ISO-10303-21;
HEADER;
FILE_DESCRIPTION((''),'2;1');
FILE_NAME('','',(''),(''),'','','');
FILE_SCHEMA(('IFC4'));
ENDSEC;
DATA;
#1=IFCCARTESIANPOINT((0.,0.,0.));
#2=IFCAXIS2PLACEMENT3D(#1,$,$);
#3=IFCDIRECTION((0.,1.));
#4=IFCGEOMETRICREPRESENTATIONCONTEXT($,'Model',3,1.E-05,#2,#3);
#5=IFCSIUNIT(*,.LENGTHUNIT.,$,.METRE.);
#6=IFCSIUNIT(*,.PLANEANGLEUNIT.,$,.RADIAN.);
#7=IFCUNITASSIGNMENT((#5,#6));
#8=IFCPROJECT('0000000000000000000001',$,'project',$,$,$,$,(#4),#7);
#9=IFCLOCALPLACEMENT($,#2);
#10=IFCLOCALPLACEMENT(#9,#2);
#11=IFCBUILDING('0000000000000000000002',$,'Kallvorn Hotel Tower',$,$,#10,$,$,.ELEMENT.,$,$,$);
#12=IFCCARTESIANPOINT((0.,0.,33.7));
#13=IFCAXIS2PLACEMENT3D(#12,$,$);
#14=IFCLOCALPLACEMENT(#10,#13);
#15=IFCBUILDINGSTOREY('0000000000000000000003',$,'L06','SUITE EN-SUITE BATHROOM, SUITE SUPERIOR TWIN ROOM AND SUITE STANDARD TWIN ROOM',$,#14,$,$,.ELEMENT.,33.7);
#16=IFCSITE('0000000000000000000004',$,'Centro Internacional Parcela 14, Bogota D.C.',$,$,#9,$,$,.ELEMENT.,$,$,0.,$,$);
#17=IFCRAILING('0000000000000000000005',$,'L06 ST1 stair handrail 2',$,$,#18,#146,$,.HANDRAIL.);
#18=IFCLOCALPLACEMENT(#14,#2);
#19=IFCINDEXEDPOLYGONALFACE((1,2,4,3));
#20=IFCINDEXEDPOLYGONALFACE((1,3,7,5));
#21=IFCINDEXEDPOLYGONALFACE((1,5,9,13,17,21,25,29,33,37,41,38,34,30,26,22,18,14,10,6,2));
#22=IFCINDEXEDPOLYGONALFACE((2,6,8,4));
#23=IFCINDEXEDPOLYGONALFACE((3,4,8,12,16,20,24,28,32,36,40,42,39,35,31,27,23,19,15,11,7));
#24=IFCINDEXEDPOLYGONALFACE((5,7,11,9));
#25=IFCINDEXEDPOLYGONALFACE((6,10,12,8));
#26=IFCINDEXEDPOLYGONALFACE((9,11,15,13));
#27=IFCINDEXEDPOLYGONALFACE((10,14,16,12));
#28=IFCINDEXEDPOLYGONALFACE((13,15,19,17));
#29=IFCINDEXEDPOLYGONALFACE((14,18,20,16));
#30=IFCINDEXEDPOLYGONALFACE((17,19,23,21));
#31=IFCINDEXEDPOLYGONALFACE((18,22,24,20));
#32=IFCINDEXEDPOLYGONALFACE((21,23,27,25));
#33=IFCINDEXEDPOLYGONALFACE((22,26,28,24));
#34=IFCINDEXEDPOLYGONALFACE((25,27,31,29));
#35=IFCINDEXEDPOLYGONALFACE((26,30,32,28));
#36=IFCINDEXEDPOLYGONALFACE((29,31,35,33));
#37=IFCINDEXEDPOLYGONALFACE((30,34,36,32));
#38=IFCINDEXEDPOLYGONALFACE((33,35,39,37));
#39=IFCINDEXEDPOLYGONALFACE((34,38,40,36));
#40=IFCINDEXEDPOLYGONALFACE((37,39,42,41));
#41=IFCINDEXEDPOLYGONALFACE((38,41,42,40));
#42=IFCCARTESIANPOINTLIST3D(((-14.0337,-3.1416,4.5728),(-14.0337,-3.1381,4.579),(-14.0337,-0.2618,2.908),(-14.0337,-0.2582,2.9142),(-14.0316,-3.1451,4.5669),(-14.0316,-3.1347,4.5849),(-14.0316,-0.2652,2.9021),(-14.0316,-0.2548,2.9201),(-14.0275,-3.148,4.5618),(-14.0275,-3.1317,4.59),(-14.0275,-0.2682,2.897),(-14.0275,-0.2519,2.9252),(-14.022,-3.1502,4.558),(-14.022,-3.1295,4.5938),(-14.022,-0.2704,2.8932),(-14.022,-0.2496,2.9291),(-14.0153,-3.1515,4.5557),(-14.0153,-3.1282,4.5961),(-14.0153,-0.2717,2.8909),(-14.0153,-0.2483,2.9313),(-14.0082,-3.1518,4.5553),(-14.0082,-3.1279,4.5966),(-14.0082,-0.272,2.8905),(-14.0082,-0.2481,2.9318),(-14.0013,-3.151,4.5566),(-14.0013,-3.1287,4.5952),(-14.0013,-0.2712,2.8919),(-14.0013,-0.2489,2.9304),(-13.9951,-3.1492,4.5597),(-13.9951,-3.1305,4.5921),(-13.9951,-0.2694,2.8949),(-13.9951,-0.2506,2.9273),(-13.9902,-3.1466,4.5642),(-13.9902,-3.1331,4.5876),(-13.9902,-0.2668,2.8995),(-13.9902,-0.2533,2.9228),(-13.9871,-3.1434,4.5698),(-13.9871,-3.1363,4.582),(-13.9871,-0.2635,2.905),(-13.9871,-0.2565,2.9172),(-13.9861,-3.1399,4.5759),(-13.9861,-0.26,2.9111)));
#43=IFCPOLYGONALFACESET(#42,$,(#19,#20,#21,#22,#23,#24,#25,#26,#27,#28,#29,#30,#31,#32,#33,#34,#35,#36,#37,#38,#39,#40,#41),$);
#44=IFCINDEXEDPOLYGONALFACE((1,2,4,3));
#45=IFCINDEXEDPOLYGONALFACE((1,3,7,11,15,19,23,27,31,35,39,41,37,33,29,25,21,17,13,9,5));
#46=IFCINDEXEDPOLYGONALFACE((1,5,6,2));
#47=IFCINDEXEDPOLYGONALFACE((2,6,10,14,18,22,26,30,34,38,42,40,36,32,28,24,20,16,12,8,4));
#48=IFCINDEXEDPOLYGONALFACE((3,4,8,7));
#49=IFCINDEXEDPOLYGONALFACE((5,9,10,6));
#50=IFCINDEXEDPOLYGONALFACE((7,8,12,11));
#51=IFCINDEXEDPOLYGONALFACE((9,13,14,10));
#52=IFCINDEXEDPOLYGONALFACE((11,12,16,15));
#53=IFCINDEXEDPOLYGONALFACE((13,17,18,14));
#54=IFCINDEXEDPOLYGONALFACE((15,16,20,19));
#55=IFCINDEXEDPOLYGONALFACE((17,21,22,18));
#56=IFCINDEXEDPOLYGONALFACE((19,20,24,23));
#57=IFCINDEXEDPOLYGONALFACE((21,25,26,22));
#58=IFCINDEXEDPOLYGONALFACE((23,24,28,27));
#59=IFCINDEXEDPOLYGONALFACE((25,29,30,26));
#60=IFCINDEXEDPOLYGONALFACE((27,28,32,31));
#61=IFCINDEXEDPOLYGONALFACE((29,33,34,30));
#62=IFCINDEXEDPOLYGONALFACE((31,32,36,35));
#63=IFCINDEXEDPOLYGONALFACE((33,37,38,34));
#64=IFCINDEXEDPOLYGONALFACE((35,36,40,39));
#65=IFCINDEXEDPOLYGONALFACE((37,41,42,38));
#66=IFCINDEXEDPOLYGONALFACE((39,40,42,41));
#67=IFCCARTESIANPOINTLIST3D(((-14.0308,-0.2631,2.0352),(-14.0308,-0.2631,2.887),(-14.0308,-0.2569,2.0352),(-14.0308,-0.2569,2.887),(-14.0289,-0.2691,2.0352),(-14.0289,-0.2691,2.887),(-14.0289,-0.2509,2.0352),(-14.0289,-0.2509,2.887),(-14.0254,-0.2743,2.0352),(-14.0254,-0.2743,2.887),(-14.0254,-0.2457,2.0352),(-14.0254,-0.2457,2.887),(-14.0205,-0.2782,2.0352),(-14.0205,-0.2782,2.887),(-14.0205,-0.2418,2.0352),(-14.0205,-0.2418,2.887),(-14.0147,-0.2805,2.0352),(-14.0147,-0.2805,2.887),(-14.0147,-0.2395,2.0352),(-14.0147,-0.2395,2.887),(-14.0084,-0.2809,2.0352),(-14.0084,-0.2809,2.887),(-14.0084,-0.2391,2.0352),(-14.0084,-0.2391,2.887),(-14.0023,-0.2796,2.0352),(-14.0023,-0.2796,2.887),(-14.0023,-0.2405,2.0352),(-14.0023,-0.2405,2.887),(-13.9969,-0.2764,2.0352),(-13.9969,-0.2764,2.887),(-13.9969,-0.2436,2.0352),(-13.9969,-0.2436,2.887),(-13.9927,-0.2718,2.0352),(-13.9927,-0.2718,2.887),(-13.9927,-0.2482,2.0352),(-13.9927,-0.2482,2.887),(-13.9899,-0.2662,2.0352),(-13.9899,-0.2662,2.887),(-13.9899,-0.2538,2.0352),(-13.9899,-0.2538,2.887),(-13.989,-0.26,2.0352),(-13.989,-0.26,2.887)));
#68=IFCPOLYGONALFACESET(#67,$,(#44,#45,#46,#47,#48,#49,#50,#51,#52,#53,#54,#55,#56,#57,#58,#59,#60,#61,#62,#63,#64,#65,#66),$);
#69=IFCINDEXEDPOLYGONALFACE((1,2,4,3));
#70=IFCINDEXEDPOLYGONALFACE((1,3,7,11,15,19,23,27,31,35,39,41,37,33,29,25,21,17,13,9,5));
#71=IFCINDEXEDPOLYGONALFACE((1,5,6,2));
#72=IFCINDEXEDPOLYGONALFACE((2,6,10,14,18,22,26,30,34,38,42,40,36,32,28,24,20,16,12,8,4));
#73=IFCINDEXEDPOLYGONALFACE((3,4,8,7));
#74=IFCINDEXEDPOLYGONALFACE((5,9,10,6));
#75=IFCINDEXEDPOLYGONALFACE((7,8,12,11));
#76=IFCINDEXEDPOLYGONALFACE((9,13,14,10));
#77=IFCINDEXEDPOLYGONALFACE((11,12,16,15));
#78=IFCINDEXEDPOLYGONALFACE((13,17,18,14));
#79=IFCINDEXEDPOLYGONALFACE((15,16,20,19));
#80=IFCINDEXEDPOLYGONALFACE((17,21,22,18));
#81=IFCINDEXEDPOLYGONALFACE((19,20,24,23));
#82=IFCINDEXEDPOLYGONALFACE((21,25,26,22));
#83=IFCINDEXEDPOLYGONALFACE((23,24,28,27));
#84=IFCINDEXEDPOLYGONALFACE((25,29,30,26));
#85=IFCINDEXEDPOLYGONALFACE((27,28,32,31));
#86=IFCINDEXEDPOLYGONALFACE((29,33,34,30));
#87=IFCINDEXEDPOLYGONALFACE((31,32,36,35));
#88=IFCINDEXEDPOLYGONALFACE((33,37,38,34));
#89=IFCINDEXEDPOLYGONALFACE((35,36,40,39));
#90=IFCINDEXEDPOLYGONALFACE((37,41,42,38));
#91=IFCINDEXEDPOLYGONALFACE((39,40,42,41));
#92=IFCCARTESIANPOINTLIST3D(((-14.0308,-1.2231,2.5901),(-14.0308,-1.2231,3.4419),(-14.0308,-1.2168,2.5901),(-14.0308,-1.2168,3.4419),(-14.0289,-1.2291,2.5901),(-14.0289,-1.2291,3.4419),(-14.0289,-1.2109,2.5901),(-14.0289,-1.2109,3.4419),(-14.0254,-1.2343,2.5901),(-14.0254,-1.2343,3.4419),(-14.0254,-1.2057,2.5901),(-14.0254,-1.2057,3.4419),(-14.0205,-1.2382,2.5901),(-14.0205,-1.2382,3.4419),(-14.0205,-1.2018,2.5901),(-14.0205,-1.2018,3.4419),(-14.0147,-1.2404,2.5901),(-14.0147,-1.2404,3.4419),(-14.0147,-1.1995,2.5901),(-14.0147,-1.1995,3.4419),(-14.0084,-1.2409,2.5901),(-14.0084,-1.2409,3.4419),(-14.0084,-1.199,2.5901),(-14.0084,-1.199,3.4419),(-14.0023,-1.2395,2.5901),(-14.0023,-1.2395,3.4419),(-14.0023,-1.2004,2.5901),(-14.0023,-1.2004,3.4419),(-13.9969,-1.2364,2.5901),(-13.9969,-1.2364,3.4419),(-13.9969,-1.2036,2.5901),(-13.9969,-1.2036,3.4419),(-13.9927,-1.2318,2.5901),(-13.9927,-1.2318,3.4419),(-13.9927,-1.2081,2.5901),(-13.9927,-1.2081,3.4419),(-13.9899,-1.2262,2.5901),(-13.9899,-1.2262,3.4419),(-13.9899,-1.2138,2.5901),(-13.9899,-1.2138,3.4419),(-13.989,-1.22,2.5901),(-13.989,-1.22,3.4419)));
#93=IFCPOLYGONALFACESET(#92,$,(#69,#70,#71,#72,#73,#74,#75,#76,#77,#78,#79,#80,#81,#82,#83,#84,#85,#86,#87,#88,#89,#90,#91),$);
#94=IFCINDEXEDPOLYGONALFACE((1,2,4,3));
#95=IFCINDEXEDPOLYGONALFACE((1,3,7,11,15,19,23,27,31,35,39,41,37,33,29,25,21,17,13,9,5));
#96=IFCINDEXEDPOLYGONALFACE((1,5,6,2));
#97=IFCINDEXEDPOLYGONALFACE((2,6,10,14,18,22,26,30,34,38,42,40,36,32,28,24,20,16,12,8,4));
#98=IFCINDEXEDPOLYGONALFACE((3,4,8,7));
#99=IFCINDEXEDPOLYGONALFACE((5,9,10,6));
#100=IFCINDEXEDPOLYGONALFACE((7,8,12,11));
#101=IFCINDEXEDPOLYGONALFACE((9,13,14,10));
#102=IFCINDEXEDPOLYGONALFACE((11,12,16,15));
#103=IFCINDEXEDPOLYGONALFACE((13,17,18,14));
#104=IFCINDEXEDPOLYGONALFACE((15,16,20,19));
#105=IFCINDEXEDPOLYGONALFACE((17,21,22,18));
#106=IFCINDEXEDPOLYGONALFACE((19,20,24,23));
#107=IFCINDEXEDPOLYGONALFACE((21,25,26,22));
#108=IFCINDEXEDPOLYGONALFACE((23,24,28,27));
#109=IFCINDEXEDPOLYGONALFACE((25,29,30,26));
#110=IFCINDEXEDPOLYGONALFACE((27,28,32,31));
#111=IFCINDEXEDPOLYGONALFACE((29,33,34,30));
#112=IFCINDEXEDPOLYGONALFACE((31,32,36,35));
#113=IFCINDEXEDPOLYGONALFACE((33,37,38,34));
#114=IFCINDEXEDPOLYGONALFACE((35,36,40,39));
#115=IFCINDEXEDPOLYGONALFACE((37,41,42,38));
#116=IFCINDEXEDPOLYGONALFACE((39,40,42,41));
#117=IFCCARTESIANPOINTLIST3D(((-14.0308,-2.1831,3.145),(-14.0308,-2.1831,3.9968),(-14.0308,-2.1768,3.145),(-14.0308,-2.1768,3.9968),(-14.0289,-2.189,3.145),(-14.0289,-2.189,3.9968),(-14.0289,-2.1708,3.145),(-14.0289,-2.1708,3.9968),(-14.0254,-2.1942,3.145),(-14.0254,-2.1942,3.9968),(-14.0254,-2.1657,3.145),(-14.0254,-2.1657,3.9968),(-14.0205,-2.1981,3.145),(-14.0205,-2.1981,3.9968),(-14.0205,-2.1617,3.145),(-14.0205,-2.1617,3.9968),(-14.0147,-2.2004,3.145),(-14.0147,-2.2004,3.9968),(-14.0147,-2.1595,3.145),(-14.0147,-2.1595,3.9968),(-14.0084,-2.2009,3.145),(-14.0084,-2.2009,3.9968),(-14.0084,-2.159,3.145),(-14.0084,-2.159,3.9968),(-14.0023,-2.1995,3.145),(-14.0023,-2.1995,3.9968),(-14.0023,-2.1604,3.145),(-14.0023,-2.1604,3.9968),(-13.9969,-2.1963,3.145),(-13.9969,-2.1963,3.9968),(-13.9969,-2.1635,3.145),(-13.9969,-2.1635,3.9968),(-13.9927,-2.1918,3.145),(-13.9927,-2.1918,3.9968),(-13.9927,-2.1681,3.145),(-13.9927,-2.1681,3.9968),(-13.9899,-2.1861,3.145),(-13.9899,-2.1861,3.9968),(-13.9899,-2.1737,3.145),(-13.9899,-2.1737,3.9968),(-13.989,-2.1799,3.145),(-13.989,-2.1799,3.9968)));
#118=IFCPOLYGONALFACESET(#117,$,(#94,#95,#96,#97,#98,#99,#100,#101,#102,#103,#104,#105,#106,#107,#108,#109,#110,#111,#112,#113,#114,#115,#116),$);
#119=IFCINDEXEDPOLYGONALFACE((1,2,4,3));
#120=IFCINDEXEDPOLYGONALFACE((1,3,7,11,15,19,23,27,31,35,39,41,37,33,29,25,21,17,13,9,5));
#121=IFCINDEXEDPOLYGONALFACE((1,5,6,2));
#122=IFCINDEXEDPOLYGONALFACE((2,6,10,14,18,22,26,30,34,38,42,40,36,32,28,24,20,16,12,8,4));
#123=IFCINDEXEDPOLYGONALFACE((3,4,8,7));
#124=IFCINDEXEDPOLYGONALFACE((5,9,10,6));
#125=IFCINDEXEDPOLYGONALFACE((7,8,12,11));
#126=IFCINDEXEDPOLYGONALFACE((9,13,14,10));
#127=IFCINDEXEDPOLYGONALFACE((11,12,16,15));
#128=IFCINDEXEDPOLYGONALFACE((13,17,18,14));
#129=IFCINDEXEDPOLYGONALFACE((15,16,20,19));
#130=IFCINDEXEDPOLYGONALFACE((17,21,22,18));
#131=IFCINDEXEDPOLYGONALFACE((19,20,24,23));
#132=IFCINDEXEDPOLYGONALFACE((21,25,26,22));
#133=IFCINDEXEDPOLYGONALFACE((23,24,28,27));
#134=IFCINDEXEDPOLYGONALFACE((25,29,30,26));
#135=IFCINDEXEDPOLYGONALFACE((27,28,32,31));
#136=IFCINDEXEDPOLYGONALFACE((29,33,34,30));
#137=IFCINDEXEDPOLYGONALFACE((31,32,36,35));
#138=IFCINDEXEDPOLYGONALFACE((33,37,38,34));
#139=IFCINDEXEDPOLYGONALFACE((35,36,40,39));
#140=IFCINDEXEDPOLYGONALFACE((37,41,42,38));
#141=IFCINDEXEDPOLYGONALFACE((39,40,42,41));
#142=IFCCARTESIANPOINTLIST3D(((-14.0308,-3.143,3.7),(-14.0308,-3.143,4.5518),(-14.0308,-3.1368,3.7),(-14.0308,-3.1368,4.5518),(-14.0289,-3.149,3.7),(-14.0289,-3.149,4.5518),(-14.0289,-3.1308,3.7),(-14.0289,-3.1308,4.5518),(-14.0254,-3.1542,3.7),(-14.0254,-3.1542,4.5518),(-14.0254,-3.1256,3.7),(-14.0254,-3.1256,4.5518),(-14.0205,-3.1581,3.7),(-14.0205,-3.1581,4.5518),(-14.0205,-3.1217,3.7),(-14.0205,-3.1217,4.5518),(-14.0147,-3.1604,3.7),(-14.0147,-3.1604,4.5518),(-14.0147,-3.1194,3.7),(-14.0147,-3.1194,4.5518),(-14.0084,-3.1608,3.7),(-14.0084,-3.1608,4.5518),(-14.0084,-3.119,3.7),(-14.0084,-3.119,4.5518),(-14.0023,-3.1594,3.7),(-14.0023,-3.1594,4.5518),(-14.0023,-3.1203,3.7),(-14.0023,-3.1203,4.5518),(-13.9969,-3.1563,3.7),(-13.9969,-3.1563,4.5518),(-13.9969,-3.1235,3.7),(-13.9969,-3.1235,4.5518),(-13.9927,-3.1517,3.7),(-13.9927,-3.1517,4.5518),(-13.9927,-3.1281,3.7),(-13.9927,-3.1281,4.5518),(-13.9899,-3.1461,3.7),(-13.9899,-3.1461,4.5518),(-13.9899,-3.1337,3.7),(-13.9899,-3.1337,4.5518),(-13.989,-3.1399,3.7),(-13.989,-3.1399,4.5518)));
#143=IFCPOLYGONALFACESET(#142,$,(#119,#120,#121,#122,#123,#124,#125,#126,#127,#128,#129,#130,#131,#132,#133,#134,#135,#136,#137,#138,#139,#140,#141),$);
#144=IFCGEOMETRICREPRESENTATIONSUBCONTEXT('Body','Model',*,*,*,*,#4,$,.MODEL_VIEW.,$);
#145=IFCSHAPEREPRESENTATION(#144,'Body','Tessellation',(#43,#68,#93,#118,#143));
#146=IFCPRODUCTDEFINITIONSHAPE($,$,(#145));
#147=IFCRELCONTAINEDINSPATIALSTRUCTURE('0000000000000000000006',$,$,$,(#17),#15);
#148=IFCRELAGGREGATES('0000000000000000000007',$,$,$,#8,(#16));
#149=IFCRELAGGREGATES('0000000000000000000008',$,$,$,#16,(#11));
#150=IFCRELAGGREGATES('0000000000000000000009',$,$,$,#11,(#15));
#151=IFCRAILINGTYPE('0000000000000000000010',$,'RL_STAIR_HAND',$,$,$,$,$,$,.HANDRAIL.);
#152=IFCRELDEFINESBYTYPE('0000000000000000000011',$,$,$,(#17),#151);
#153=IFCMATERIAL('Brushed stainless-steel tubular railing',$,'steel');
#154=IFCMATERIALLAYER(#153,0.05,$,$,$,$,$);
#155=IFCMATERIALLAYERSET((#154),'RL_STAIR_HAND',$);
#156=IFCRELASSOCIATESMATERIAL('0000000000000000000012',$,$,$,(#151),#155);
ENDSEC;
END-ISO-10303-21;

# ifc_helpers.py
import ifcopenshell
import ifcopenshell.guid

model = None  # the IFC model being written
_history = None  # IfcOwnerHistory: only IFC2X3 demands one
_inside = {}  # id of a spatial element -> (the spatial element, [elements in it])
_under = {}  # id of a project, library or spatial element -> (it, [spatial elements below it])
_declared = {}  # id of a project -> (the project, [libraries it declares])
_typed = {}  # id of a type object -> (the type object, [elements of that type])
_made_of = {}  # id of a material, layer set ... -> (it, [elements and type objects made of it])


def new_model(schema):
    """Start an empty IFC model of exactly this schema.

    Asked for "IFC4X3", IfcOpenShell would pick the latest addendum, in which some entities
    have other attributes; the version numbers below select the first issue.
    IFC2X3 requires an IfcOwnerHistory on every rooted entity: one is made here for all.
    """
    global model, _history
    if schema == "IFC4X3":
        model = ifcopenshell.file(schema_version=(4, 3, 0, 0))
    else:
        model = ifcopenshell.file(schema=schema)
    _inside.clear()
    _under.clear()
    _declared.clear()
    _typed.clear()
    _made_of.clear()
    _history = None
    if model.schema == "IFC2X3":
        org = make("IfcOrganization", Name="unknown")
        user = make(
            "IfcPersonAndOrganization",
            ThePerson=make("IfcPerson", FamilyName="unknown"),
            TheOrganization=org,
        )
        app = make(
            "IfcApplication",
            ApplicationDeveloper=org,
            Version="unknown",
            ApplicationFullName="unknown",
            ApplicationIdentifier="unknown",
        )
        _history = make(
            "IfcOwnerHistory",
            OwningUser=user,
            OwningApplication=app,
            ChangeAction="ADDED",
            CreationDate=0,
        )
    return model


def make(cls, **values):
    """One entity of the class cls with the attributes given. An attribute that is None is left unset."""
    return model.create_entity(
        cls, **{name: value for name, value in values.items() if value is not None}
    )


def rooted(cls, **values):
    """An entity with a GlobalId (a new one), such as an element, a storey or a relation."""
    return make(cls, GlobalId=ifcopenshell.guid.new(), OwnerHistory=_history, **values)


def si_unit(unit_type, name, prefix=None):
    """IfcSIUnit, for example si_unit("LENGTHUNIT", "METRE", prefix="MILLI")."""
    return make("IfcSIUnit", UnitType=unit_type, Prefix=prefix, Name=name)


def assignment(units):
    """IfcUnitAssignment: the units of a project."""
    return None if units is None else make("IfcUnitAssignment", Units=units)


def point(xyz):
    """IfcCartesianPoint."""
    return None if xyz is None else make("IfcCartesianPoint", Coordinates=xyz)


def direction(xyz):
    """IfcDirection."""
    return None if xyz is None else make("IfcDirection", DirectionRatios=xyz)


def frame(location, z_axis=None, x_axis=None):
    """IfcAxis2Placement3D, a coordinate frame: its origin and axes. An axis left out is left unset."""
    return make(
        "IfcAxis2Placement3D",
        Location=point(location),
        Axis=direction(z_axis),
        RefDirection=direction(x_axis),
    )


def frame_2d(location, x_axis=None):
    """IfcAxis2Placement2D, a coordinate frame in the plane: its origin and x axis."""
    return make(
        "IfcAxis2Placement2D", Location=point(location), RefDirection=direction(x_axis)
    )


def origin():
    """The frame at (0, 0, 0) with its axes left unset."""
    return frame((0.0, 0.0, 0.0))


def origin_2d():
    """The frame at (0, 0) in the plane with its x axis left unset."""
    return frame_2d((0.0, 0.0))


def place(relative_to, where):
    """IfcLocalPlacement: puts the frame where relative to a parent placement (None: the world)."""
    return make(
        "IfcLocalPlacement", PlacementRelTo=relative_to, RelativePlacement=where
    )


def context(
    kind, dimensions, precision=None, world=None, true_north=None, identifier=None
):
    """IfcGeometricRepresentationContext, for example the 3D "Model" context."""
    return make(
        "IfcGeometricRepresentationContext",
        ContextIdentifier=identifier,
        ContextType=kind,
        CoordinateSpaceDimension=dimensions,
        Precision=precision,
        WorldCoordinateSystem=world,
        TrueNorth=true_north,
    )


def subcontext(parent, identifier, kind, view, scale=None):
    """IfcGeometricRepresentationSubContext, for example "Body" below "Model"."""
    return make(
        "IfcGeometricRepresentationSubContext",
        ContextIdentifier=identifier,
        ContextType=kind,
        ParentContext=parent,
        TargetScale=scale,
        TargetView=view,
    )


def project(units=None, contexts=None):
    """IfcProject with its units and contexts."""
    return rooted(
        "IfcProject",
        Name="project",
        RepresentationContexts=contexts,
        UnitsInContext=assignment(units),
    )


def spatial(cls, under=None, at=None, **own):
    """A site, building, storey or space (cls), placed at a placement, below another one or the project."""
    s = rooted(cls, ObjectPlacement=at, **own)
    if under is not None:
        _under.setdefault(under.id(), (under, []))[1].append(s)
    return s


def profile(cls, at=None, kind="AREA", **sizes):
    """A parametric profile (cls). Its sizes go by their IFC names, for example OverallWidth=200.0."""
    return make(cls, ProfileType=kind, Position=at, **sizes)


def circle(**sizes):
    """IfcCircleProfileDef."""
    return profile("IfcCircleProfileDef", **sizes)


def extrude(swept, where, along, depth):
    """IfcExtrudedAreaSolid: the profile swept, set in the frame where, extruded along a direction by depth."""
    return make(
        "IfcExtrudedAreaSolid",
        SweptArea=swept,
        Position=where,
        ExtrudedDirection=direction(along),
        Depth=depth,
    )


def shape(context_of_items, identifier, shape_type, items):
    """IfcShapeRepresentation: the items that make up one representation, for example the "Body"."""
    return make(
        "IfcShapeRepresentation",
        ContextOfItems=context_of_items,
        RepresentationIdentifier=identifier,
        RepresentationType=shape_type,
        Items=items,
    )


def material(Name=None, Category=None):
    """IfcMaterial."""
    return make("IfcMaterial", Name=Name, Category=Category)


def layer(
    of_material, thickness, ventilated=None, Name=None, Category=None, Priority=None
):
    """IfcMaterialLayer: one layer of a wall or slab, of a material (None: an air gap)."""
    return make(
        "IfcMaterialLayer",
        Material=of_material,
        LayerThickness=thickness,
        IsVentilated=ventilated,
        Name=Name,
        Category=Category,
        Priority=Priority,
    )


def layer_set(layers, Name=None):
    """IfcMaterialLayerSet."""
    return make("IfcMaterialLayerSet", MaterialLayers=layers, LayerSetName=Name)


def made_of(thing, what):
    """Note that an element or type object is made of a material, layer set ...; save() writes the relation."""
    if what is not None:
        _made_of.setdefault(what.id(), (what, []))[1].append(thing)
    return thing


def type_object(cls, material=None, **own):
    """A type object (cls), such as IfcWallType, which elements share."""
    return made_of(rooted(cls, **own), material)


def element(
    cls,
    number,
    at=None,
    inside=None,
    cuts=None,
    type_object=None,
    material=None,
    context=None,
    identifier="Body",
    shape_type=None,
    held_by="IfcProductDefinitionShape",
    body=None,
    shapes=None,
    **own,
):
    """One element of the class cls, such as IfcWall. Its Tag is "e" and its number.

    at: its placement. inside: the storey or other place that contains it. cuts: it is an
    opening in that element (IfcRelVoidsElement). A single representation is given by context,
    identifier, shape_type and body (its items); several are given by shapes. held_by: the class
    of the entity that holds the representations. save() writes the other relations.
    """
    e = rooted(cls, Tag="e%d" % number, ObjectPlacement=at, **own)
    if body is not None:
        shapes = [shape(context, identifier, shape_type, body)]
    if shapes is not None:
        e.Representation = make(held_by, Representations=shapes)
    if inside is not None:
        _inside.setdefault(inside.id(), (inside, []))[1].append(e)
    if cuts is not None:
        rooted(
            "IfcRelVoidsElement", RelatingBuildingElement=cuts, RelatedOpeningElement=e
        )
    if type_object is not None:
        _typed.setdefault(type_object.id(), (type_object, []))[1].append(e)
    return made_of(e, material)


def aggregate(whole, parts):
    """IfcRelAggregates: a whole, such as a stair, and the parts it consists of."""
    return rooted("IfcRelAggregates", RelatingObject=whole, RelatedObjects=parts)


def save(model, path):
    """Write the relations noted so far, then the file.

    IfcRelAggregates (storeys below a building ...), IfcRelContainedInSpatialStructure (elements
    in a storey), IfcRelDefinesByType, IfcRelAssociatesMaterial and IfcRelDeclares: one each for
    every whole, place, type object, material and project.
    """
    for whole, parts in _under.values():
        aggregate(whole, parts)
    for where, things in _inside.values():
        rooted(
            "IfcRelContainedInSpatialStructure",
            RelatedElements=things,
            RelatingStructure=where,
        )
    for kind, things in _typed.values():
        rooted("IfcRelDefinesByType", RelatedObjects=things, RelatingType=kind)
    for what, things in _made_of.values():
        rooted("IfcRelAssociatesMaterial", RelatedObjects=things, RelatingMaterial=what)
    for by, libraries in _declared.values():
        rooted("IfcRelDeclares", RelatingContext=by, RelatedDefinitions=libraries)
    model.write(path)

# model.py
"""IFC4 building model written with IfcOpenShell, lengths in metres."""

from ifc_helpers import new_model, si_unit, direction, frame, origin, origin_2d, place, context, subcontext, project, spatial, circle, extrude, material, layer, layer_set, type_object, element, save


model = new_model("IFC4")

# Units and contexts
model_context = context("Model", 3, precision=1e-05, world=origin(), true_north=direction((0.0, 1.0)))
body_context = subcontext(model_context, "Body", "Model", "MODEL_VIEW")
ifc_project = project(units=[si_unit("LENGTHUNIT", "METRE"), si_unit("PLANEANGLEUNIT", "RADIAN")], contexts=[model_context])

# Site, building, storey
site_placement = place(None, origin())
site = spatial("IfcSite", under=ifc_project, at=site_placement, Name="Centro Internacional Parcela 14, Bogota D.C.", CompositionType="ELEMENT", RefElevation=0.0)
building_placement = place(site_placement, origin())
building = spatial("IfcBuilding", under=site, at=building_placement, Name="Kallvorn Hotel Tower", CompositionType="ELEMENT")
storey_placement = place(building_placement, frame((0.0, 0.0, 33.7)))
storey = spatial("IfcBuildingStorey", under=building, at=storey_placement, Name="L06", Description="SUITE EN-SUITE BATHROOM, SUITE SUPERIOR TWIN ROOM AND SUITE STANDARD TWIN ROOM", CompositionType="ELEMENT", Elevation=33.7)

# Railing
ifc_material_1 = material(Name="Brushed stainless-steel tubular railing", Category="steel")
ifc_layer_1 = layer(ifc_material_1, 0.05)
ifc_layer_set_1 = layer_set([ifc_layer_1], Name="RL_STAIR_HAND")
railing_type_1 = type_object("IfcRailingType", Name="RL_STAIR_HAND", PredefinedType="HANDRAIL", material=ifc_layer_set_1)
railing_1_placement = place(storey_placement, frame((-14.01, -0.26, 2.0352)))
element("IfcRailing", 1, at=railing_1_placement, inside=storey, type_object=railing_type_1, Name="L06 ST1 stair handrail 2", PredefinedType="HANDRAIL", context=body_context, shape_type="SweptSolid", body=[
    extrude(circle(Radius=0.0239, at=origin_2d()), frame((0.0, 0.0, 0.876), z_axis=(0.0, -0.865753, 0.500472), x_axis=(1.0, 0.0, 0.0)), (0.0, 0.0, 1.0), 3.3264),
    extrude(circle(Radius=0.021, at=origin_2d()), origin(), (0.0, 0.0, 1.0), 0.8518),
    extrude(circle(Radius=0.021, at=origin_2d()), frame((0.0, -0.96, 0.5549)), (0.0, 0.0, 1.0), 0.8518),
    extrude(circle(Radius=0.021, at=origin_2d()), frame((0.0, -1.9199, 1.1099)), (0.0, 0.0, 1.0), 0.8518),
    extrude(circle(Radius=0.021, at=origin_2d()), frame((0.0, -2.8799, 1.6648)), (0.0, 0.0, 1.0), 0.8518),
])

save(model, "model.ifc")
